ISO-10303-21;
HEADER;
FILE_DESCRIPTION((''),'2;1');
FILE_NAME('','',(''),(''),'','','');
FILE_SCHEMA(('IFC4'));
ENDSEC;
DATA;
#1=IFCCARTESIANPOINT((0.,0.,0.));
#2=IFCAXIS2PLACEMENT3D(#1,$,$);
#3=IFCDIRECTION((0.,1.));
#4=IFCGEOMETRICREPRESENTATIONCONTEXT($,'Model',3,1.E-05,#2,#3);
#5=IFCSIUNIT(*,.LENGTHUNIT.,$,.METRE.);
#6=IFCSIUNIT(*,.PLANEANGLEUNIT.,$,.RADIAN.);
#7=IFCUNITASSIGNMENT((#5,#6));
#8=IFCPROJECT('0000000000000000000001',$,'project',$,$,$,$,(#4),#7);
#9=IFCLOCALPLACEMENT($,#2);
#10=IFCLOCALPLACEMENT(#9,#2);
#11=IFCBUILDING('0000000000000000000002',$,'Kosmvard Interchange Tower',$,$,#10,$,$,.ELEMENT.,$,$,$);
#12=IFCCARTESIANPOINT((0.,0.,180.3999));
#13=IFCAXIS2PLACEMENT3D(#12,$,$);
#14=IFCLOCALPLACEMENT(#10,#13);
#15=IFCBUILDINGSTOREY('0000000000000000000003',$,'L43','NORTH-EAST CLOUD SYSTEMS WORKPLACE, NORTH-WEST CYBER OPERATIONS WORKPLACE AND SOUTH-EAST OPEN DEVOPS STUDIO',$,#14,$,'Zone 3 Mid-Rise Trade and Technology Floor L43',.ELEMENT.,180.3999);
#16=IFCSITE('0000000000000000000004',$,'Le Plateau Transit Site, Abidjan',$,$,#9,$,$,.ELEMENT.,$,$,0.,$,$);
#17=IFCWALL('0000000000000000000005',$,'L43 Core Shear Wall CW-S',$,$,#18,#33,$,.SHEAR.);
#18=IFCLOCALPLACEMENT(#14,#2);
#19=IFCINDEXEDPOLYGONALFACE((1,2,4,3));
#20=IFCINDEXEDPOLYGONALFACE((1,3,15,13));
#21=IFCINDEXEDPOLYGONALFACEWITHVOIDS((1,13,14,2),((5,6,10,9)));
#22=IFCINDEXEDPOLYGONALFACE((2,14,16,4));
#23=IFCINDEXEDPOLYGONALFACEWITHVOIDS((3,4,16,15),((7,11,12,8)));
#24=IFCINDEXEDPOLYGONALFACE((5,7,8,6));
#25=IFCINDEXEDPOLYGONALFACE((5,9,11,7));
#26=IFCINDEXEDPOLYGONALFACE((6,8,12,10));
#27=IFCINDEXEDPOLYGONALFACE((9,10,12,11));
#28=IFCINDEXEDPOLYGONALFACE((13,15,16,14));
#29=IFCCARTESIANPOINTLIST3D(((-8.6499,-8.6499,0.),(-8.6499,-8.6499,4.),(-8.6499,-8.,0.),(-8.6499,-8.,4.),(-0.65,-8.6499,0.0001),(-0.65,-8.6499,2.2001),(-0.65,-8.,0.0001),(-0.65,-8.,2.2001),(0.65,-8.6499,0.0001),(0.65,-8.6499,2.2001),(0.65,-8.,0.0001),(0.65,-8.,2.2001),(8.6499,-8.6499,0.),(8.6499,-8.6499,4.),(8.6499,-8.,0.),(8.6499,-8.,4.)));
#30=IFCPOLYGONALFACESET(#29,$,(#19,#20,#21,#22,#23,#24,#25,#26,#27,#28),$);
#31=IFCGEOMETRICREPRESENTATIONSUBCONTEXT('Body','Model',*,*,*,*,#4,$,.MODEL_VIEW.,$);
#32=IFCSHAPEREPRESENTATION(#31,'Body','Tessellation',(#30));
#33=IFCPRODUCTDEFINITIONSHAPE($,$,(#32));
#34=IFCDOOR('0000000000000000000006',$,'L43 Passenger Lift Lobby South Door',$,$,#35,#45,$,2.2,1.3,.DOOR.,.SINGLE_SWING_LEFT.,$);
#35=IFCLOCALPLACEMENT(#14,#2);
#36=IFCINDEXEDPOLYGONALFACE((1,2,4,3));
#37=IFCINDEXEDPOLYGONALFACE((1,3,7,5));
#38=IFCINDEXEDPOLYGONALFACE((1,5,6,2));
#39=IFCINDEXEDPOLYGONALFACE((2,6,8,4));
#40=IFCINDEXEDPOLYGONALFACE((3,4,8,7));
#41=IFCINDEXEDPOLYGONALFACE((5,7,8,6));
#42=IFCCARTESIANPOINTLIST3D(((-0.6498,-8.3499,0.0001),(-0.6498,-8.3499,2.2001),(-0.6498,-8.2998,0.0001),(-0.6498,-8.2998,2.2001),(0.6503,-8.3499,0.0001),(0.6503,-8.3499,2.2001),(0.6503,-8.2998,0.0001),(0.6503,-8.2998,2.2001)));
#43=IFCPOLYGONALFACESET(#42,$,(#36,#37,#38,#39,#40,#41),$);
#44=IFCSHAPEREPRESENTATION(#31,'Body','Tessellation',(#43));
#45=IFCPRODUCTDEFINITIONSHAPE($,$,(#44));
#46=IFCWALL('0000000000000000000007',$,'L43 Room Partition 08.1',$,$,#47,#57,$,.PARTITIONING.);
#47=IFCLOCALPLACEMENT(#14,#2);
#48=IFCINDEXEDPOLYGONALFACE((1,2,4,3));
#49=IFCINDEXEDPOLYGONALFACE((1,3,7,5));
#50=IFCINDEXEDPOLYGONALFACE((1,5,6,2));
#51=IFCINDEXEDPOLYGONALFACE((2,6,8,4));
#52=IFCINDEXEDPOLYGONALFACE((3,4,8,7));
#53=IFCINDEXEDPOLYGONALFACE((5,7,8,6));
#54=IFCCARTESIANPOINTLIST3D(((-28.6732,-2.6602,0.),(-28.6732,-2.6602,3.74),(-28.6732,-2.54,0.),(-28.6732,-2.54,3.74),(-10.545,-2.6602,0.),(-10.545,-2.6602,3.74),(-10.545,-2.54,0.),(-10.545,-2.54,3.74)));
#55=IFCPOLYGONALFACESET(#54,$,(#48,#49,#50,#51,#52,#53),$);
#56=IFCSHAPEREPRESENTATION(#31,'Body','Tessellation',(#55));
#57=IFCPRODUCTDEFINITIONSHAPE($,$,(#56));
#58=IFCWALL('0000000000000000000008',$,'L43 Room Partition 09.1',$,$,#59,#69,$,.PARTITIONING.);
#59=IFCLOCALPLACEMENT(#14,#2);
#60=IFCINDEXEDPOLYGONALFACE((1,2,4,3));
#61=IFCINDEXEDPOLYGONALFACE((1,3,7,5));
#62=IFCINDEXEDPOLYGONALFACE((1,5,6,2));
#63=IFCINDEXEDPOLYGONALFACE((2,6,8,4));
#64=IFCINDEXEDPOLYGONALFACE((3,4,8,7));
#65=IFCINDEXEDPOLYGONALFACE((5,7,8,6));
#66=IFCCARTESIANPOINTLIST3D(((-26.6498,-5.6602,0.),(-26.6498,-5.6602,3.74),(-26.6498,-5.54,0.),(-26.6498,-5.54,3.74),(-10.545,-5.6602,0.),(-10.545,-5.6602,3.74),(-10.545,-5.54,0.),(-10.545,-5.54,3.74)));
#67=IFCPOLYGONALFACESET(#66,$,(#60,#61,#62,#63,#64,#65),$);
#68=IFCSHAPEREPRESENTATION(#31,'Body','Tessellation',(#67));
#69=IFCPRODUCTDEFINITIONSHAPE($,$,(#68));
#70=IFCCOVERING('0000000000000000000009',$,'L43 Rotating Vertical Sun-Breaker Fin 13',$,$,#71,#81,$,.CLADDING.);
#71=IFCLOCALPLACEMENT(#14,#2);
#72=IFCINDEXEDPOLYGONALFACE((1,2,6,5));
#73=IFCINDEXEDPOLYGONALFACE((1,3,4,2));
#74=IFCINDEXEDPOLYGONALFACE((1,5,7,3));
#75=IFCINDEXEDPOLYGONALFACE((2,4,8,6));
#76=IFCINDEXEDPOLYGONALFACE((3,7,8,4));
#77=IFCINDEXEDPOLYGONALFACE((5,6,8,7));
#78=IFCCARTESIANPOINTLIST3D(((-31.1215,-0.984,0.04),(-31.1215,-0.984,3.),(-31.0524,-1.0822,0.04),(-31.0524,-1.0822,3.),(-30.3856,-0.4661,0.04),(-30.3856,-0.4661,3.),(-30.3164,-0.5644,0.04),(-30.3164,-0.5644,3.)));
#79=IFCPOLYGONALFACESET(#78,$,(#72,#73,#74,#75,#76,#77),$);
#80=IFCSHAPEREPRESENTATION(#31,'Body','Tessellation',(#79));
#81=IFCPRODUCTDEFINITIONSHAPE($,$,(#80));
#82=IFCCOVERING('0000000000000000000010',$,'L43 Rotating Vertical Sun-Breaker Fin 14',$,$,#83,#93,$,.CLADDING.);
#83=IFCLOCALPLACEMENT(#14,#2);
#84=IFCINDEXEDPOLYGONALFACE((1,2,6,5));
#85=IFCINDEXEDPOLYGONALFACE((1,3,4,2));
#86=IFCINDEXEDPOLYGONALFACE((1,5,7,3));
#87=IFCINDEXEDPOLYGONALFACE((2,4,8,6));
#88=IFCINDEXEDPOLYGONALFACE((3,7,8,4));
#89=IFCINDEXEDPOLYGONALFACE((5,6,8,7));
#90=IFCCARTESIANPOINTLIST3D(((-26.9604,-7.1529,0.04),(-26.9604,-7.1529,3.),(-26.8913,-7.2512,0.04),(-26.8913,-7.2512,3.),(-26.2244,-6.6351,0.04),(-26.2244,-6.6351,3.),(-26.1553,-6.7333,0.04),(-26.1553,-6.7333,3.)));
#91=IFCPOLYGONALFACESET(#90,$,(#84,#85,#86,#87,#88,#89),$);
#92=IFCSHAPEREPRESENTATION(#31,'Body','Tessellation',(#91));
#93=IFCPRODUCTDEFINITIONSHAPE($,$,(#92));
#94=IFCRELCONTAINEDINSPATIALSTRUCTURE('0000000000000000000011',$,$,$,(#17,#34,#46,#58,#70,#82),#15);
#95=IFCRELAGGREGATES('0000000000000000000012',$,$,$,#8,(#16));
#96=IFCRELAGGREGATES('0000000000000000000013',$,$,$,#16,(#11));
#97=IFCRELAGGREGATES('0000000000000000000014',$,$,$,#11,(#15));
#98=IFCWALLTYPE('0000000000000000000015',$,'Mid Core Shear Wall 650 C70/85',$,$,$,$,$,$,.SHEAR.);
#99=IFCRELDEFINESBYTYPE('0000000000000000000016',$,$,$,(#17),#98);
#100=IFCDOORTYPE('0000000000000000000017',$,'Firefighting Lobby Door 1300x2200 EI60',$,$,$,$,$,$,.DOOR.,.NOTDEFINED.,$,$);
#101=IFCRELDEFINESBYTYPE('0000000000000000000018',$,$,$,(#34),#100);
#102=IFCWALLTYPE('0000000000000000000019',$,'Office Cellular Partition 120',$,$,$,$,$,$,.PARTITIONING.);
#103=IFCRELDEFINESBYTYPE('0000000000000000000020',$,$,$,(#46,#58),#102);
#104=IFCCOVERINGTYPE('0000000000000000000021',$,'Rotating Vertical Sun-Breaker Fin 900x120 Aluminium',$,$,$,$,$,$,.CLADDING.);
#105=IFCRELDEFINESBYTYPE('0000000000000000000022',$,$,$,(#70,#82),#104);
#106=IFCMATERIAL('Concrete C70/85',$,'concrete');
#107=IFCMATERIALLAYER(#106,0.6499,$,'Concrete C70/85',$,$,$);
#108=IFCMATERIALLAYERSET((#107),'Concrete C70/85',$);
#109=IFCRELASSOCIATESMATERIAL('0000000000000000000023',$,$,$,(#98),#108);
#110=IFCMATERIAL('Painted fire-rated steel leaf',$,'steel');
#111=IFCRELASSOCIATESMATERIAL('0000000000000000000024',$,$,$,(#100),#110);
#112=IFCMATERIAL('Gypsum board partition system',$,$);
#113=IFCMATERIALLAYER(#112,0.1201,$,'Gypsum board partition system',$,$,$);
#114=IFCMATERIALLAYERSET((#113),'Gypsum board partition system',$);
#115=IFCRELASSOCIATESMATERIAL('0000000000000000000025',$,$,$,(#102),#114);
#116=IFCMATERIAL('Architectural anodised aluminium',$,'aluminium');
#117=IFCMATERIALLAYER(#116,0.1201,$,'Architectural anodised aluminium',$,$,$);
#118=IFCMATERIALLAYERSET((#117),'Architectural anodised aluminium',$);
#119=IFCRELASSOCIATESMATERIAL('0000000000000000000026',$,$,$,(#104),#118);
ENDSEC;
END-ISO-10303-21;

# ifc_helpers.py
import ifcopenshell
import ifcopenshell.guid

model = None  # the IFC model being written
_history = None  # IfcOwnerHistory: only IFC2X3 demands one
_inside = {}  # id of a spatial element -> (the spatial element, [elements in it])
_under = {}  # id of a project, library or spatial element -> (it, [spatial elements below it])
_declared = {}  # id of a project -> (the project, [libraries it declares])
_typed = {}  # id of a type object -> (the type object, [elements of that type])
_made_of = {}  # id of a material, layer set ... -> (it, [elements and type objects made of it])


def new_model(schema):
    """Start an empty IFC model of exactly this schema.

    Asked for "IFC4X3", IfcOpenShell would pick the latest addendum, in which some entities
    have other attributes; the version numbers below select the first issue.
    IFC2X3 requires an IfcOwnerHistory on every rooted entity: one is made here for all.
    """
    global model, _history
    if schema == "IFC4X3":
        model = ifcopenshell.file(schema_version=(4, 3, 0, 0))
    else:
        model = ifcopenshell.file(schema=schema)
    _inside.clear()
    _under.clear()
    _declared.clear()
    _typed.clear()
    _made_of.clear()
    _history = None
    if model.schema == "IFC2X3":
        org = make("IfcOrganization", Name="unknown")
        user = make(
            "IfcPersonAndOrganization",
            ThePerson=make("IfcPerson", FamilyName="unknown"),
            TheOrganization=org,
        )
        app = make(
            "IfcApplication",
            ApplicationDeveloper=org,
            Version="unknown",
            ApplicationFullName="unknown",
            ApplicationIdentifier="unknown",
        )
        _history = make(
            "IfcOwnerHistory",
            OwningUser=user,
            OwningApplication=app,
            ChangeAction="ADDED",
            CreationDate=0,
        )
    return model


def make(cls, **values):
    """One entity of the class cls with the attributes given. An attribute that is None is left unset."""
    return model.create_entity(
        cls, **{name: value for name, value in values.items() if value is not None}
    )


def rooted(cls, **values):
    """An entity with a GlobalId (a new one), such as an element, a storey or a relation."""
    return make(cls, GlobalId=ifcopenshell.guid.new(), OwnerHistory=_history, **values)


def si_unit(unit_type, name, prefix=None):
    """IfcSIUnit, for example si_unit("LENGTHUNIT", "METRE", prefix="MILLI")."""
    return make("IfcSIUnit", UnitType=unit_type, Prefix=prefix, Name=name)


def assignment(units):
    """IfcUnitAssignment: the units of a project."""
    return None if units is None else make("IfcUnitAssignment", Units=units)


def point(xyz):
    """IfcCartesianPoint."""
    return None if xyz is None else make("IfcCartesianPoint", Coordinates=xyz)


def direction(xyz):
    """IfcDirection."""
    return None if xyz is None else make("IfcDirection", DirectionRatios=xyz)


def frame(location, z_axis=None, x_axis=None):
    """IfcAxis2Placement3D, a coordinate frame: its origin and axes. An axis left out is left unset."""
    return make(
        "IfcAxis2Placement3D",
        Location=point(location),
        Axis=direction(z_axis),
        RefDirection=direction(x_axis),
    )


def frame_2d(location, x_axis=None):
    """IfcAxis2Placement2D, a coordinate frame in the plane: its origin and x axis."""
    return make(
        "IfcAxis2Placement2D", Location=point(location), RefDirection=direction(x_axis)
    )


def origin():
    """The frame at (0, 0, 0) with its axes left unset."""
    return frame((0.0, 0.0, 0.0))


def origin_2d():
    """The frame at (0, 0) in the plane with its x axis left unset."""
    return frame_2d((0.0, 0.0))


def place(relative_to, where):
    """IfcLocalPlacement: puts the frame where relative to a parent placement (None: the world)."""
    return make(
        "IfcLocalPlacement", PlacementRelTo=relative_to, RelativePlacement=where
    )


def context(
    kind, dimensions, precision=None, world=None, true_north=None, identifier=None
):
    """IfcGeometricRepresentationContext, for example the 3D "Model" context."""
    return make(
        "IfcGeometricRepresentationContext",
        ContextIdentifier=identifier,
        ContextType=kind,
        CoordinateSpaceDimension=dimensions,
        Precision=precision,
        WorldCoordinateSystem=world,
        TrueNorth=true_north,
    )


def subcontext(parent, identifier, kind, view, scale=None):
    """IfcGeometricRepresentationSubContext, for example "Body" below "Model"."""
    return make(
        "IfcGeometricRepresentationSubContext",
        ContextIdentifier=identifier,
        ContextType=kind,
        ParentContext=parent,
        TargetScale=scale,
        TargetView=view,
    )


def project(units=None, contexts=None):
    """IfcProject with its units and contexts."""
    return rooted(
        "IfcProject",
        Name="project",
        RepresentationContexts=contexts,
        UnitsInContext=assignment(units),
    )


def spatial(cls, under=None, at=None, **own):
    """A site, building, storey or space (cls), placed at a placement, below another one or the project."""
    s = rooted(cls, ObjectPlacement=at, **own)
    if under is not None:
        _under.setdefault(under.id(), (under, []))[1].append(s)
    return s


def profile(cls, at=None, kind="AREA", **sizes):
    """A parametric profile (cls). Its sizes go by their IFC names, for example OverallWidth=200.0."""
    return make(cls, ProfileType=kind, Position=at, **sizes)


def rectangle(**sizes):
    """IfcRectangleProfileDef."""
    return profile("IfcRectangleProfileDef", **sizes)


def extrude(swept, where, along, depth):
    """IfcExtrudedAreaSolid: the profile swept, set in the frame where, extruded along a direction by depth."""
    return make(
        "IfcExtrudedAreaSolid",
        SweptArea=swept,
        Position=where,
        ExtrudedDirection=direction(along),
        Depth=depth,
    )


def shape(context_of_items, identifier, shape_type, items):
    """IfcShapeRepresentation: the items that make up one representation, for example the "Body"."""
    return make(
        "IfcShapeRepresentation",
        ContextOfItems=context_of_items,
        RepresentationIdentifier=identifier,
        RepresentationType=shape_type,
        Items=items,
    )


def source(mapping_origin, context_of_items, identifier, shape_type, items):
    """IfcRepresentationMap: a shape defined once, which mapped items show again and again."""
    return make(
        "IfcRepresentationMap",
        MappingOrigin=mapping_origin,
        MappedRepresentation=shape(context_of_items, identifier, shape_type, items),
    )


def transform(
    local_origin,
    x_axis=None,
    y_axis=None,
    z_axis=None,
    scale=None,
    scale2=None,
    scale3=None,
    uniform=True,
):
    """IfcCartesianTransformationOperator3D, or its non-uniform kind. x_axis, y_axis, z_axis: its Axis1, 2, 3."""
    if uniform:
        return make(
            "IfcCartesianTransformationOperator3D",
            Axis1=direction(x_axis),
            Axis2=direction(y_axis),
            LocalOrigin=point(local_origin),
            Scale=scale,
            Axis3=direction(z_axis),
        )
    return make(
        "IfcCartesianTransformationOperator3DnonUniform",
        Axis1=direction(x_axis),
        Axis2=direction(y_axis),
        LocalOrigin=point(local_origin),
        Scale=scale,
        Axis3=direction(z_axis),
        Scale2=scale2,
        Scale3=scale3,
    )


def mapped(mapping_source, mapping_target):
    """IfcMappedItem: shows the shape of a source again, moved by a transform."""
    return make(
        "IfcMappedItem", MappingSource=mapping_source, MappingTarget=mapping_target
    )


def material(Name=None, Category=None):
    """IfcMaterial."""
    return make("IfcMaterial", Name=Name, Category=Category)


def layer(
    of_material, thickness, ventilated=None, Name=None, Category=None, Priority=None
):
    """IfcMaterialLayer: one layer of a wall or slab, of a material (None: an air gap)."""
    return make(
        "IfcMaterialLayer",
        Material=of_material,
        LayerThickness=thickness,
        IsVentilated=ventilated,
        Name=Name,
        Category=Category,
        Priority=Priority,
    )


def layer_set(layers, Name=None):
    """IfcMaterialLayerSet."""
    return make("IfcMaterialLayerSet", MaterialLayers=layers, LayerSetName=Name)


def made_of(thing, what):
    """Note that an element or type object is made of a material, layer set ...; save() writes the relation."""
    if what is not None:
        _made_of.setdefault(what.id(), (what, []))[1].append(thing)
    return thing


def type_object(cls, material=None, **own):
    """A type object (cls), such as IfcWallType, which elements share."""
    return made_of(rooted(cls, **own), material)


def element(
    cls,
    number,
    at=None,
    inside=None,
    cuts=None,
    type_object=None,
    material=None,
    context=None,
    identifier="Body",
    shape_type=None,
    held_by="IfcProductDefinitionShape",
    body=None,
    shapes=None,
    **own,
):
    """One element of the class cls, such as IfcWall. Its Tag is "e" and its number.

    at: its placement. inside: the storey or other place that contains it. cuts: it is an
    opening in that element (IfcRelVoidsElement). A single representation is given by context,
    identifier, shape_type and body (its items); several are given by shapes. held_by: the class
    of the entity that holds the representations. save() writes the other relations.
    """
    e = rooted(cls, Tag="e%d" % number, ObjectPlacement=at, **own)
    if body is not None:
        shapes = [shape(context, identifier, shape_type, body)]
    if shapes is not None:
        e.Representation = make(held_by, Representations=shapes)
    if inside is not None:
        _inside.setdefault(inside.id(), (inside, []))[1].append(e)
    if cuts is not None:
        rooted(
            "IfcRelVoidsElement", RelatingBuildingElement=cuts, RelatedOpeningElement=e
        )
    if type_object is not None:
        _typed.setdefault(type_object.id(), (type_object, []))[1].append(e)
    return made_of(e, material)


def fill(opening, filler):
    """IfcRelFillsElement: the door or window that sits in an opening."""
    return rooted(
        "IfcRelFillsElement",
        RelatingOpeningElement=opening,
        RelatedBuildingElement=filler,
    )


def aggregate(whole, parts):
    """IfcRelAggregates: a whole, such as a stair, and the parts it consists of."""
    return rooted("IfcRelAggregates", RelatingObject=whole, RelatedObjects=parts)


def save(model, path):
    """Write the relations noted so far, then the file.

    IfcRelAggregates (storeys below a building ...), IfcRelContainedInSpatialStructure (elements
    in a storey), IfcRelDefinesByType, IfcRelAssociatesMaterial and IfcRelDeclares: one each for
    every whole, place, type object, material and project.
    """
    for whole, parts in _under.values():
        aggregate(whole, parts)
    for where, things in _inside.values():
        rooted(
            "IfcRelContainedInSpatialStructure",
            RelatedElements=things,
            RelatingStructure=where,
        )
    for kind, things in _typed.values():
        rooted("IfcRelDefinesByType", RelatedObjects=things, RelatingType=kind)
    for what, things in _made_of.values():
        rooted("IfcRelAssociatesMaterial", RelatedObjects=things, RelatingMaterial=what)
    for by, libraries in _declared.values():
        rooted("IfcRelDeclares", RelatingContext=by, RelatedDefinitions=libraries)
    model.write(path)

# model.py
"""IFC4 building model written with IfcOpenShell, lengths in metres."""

from ifc_helpers import new_model, si_unit, direction, frame, frame_2d, origin, origin_2d, place, context, subcontext, project, spatial, rectangle, extrude, source, transform, mapped, material, layer, layer_set, type_object, element, fill, save


model = new_model("IFC4")

# Units and contexts
model_context = context("Model", 3, precision=1e-05, world=origin(), true_north=direction((0.0, 1.0)))
body_context = subcontext(model_context, "Body", "Model", "MODEL_VIEW")
ifc_project = project(units=[si_unit("LENGTHUNIT", "METRE"), si_unit("PLANEANGLEUNIT", "RADIAN")], contexts=[model_context])

# Site, building, storey
site_placement = place(None, origin())
site = spatial("IfcSite", under=ifc_project, at=site_placement, Name="Le Plateau Transit Site, Abidjan", CompositionType="ELEMENT", RefElevation=0.0)
building_placement = place(site_placement, origin())
building = spatial("IfcBuilding", under=site, at=building_placement, Name="Kosmvard Interchange Tower", CompositionType="ELEMENT")
storey_placement = place(building_placement, frame((0.0, 0.0, 180.3999)))
storey = spatial("IfcBuildingStorey", under=building, at=storey_placement, Name="L43", Description="NORTH-EAST CLOUD SYSTEMS WORKPLACE, NORTH-WEST CYBER OPERATIONS WORKPLACE AND SOUTH-EAST OPEN DEVOPS STUDIO", LongName="Zone 3 Mid-Rise Trade and Technology Floor L43", CompositionType="ELEMENT", Elevation=180.3999)

# Wall, opening, door
ifc_material_1 = material(Name="Concrete C70/85", Category="concrete")
ifc_layer_1 = layer(ifc_material_1, 0.6499, Name="Concrete C70/85")
ifc_layer_set_1 = layer_set([ifc_layer_1], Name="Concrete C70/85")
wall_type_1 = type_object("IfcWallType", Name="Mid Core Shear Wall 650 C70/85", PredefinedType="SHEAR", material=ifc_layer_set_1)
wall_1_placement = place(storey_placement, frame((-8.6499, -8.325, 0.0), z_axis=(0.0, 0.0, 1.0), x_axis=(1.0, 0.0, 0.0)))
wall_1 = element("IfcWall", 1, at=wall_1_placement, inside=storey, type_object=wall_type_1, Name="L43 Core Shear Wall CW-S", PredefinedType="SHEAR", context=body_context, shape_type="SweptSolid", body=[
    extrude(rectangle(XDim=17.2998, YDim=0.6499, at=frame_2d((8.6499, 0.0))), origin(), (0.0, 0.0, 1.0), 4.0),
])
opening_1_placement = place(wall_1_placement, frame((8.0, 0.0, 0.0)))
opening_1 = element("IfcOpeningElement", 2, at=opening_1_placement, cuts=wall_1, PredefinedType="OPENING", context=body_context, shape_type="SweptSolid", body=[
    extrude(rectangle(XDim=1.3, YDim=2.2, at=frame_2d((0.6499, 1.1001))), frame((0.0, 0.335, 0.0), z_axis=(0.0, -1.0, 0.0), x_axis=(1.0, 0.0, 0.0)), (0.0, 0.0, 1.0), 0.6699),
])
ifc_material_2 = material(Name="Painted fire-rated steel leaf", Category="steel")
door_type_1 = type_object("IfcDoorType", Name="Firefighting Lobby Door 1300x2200 EI60", OperationType="NOTDEFINED", PredefinedType="DOOR", material=ifc_material_2)
shared_shape_1 = source(origin(), body_context, "Body", "SweptSolid", [
    extrude(rectangle(XDim=1.3, YDim=2.2, at=frame_2d((0.6499, 1.1001))), frame((0.0, 0.0249, 0.0), z_axis=(0.0, -1.0, 0.0), x_axis=(1.0, 0.0, 0.0)), (0.0, 0.0, 1.0), 0.05),
])
door_1_placement = place(opening_1_placement, frame((1.3, 0.0, 0.0), z_axis=(0.0, 0.0, 1.0), x_axis=(-1.0, 0.0, 0.0)))
door_1 = element("IfcDoor", 3, at=door_1_placement, inside=storey, type_object=door_type_1, Name="L43 Passenger Lift Lobby South Door", OperationType="SINGLE_SWING_LEFT", OverallHeight=2.2, OverallWidth=1.3, PredefinedType="DOOR", context=body_context, shape_type="MappedRepresentation", body=[
    mapped(shared_shape_1, transform((0.0, 0.0, 0.0), scale=1.0)),
])
fill(opening_1, door_1)

# Walls
ifc_material_3 = material(Name="Gypsum board partition system")
ifc_layer_2 = layer(ifc_material_3, 0.1201, Name="Gypsum board partition system")
ifc_layer_set_2 = layer_set([ifc_layer_2], Name="Gypsum board partition system")
wall_type_2 = type_object("IfcWallType", Name="Office Cellular Partition 120", PredefinedType="PARTITIONING", material=ifc_layer_set_2)
wall_2_placement = place(storey_placement, frame((-28.6731, -2.6001, 0.0), z_axis=(0.0, 0.0, 1.0), x_axis=(1.0, 0.0, 0.0)))
element("IfcWall", 4, at=wall_2_placement, inside=storey, type_object=wall_type_2, Name="L43 Room Partition 08.1", PredefinedType="PARTITIONING", context=body_context, shape_type="SweptSolid", body=[
    extrude(rectangle(XDim=18.1282, YDim=0.1201, at=frame_2d((9.064, 0.0))), origin(), (0.0, 0.0, 1.0), 3.74),
])
wall_3_placement = place(storey_placement, frame((-26.6497, -5.6001, 0.0), z_axis=(0.0, 0.0, 1.0), x_axis=(1.0, 0.0, 0.0)))
element("IfcWall", 5, at=wall_3_placement, inside=storey, type_object=wall_type_2, Name="L43 Room Partition 09.1", PredefinedType="PARTITIONING", context=body_context, shape_type="SweptSolid", body=[
    extrude(rectangle(XDim=16.1047, YDim=0.1201, at=frame_2d((8.0522, 0.0))), origin(), (0.0, 0.0, 1.0), 3.74),
])

# Coverings
ifc_material_4 = material(Name="Architectural anodised aluminium", Category="aluminium")
ifc_layer_3 = layer(ifc_material_4, 0.1201, Name="Architectural anodised aluminium")
ifc_layer_set_3 = layer_set([ifc_layer_3], Name="Architectural anodised aluminium")
covering_type = type_object("IfcCoveringType", Name="Rotating Vertical Sun-Breaker Fin 900x120 Aluminium", PredefinedType="CLADDING", material=ifc_layer_set_3)
shared_shape_2 = source(origin(), body_context, "Body", "SweptSolid", [
    extrude(rectangle(XDim=0.8999, YDim=0.1201, at=origin_2d()), origin(), (0.0, 0.0, 1.0), 2.96),
])
for number, where, z_axis, x_axis, name in (
    (6, (-30.719, -0.7742, 0.04), (0.0, 0.0, 1.0), (-0.817849, -0.575434, 0.0), "L43 Rotating Vertical Sun-Breaker Fin 13"),
    (7, (-26.5579, -6.9431, 0.04), (0.0, 0.0, 1.0), (-0.817849, -0.575434, 0.0), "L43 Rotating Vertical Sun-Breaker Fin 14"),
):
    element("IfcCovering", number, at=place(storey_placement, frame(where, z_axis=z_axis, x_axis=x_axis)), inside=storey, type_object=covering_type, Name=name, PredefinedType="CLADDING", context=body_context, shape_type="MappedRepresentation", body=[
        mapped(shared_shape_2, transform((0.0, 0.0, 0.0), scale=1.0)),
    ])

save(model, "model.ifc")
